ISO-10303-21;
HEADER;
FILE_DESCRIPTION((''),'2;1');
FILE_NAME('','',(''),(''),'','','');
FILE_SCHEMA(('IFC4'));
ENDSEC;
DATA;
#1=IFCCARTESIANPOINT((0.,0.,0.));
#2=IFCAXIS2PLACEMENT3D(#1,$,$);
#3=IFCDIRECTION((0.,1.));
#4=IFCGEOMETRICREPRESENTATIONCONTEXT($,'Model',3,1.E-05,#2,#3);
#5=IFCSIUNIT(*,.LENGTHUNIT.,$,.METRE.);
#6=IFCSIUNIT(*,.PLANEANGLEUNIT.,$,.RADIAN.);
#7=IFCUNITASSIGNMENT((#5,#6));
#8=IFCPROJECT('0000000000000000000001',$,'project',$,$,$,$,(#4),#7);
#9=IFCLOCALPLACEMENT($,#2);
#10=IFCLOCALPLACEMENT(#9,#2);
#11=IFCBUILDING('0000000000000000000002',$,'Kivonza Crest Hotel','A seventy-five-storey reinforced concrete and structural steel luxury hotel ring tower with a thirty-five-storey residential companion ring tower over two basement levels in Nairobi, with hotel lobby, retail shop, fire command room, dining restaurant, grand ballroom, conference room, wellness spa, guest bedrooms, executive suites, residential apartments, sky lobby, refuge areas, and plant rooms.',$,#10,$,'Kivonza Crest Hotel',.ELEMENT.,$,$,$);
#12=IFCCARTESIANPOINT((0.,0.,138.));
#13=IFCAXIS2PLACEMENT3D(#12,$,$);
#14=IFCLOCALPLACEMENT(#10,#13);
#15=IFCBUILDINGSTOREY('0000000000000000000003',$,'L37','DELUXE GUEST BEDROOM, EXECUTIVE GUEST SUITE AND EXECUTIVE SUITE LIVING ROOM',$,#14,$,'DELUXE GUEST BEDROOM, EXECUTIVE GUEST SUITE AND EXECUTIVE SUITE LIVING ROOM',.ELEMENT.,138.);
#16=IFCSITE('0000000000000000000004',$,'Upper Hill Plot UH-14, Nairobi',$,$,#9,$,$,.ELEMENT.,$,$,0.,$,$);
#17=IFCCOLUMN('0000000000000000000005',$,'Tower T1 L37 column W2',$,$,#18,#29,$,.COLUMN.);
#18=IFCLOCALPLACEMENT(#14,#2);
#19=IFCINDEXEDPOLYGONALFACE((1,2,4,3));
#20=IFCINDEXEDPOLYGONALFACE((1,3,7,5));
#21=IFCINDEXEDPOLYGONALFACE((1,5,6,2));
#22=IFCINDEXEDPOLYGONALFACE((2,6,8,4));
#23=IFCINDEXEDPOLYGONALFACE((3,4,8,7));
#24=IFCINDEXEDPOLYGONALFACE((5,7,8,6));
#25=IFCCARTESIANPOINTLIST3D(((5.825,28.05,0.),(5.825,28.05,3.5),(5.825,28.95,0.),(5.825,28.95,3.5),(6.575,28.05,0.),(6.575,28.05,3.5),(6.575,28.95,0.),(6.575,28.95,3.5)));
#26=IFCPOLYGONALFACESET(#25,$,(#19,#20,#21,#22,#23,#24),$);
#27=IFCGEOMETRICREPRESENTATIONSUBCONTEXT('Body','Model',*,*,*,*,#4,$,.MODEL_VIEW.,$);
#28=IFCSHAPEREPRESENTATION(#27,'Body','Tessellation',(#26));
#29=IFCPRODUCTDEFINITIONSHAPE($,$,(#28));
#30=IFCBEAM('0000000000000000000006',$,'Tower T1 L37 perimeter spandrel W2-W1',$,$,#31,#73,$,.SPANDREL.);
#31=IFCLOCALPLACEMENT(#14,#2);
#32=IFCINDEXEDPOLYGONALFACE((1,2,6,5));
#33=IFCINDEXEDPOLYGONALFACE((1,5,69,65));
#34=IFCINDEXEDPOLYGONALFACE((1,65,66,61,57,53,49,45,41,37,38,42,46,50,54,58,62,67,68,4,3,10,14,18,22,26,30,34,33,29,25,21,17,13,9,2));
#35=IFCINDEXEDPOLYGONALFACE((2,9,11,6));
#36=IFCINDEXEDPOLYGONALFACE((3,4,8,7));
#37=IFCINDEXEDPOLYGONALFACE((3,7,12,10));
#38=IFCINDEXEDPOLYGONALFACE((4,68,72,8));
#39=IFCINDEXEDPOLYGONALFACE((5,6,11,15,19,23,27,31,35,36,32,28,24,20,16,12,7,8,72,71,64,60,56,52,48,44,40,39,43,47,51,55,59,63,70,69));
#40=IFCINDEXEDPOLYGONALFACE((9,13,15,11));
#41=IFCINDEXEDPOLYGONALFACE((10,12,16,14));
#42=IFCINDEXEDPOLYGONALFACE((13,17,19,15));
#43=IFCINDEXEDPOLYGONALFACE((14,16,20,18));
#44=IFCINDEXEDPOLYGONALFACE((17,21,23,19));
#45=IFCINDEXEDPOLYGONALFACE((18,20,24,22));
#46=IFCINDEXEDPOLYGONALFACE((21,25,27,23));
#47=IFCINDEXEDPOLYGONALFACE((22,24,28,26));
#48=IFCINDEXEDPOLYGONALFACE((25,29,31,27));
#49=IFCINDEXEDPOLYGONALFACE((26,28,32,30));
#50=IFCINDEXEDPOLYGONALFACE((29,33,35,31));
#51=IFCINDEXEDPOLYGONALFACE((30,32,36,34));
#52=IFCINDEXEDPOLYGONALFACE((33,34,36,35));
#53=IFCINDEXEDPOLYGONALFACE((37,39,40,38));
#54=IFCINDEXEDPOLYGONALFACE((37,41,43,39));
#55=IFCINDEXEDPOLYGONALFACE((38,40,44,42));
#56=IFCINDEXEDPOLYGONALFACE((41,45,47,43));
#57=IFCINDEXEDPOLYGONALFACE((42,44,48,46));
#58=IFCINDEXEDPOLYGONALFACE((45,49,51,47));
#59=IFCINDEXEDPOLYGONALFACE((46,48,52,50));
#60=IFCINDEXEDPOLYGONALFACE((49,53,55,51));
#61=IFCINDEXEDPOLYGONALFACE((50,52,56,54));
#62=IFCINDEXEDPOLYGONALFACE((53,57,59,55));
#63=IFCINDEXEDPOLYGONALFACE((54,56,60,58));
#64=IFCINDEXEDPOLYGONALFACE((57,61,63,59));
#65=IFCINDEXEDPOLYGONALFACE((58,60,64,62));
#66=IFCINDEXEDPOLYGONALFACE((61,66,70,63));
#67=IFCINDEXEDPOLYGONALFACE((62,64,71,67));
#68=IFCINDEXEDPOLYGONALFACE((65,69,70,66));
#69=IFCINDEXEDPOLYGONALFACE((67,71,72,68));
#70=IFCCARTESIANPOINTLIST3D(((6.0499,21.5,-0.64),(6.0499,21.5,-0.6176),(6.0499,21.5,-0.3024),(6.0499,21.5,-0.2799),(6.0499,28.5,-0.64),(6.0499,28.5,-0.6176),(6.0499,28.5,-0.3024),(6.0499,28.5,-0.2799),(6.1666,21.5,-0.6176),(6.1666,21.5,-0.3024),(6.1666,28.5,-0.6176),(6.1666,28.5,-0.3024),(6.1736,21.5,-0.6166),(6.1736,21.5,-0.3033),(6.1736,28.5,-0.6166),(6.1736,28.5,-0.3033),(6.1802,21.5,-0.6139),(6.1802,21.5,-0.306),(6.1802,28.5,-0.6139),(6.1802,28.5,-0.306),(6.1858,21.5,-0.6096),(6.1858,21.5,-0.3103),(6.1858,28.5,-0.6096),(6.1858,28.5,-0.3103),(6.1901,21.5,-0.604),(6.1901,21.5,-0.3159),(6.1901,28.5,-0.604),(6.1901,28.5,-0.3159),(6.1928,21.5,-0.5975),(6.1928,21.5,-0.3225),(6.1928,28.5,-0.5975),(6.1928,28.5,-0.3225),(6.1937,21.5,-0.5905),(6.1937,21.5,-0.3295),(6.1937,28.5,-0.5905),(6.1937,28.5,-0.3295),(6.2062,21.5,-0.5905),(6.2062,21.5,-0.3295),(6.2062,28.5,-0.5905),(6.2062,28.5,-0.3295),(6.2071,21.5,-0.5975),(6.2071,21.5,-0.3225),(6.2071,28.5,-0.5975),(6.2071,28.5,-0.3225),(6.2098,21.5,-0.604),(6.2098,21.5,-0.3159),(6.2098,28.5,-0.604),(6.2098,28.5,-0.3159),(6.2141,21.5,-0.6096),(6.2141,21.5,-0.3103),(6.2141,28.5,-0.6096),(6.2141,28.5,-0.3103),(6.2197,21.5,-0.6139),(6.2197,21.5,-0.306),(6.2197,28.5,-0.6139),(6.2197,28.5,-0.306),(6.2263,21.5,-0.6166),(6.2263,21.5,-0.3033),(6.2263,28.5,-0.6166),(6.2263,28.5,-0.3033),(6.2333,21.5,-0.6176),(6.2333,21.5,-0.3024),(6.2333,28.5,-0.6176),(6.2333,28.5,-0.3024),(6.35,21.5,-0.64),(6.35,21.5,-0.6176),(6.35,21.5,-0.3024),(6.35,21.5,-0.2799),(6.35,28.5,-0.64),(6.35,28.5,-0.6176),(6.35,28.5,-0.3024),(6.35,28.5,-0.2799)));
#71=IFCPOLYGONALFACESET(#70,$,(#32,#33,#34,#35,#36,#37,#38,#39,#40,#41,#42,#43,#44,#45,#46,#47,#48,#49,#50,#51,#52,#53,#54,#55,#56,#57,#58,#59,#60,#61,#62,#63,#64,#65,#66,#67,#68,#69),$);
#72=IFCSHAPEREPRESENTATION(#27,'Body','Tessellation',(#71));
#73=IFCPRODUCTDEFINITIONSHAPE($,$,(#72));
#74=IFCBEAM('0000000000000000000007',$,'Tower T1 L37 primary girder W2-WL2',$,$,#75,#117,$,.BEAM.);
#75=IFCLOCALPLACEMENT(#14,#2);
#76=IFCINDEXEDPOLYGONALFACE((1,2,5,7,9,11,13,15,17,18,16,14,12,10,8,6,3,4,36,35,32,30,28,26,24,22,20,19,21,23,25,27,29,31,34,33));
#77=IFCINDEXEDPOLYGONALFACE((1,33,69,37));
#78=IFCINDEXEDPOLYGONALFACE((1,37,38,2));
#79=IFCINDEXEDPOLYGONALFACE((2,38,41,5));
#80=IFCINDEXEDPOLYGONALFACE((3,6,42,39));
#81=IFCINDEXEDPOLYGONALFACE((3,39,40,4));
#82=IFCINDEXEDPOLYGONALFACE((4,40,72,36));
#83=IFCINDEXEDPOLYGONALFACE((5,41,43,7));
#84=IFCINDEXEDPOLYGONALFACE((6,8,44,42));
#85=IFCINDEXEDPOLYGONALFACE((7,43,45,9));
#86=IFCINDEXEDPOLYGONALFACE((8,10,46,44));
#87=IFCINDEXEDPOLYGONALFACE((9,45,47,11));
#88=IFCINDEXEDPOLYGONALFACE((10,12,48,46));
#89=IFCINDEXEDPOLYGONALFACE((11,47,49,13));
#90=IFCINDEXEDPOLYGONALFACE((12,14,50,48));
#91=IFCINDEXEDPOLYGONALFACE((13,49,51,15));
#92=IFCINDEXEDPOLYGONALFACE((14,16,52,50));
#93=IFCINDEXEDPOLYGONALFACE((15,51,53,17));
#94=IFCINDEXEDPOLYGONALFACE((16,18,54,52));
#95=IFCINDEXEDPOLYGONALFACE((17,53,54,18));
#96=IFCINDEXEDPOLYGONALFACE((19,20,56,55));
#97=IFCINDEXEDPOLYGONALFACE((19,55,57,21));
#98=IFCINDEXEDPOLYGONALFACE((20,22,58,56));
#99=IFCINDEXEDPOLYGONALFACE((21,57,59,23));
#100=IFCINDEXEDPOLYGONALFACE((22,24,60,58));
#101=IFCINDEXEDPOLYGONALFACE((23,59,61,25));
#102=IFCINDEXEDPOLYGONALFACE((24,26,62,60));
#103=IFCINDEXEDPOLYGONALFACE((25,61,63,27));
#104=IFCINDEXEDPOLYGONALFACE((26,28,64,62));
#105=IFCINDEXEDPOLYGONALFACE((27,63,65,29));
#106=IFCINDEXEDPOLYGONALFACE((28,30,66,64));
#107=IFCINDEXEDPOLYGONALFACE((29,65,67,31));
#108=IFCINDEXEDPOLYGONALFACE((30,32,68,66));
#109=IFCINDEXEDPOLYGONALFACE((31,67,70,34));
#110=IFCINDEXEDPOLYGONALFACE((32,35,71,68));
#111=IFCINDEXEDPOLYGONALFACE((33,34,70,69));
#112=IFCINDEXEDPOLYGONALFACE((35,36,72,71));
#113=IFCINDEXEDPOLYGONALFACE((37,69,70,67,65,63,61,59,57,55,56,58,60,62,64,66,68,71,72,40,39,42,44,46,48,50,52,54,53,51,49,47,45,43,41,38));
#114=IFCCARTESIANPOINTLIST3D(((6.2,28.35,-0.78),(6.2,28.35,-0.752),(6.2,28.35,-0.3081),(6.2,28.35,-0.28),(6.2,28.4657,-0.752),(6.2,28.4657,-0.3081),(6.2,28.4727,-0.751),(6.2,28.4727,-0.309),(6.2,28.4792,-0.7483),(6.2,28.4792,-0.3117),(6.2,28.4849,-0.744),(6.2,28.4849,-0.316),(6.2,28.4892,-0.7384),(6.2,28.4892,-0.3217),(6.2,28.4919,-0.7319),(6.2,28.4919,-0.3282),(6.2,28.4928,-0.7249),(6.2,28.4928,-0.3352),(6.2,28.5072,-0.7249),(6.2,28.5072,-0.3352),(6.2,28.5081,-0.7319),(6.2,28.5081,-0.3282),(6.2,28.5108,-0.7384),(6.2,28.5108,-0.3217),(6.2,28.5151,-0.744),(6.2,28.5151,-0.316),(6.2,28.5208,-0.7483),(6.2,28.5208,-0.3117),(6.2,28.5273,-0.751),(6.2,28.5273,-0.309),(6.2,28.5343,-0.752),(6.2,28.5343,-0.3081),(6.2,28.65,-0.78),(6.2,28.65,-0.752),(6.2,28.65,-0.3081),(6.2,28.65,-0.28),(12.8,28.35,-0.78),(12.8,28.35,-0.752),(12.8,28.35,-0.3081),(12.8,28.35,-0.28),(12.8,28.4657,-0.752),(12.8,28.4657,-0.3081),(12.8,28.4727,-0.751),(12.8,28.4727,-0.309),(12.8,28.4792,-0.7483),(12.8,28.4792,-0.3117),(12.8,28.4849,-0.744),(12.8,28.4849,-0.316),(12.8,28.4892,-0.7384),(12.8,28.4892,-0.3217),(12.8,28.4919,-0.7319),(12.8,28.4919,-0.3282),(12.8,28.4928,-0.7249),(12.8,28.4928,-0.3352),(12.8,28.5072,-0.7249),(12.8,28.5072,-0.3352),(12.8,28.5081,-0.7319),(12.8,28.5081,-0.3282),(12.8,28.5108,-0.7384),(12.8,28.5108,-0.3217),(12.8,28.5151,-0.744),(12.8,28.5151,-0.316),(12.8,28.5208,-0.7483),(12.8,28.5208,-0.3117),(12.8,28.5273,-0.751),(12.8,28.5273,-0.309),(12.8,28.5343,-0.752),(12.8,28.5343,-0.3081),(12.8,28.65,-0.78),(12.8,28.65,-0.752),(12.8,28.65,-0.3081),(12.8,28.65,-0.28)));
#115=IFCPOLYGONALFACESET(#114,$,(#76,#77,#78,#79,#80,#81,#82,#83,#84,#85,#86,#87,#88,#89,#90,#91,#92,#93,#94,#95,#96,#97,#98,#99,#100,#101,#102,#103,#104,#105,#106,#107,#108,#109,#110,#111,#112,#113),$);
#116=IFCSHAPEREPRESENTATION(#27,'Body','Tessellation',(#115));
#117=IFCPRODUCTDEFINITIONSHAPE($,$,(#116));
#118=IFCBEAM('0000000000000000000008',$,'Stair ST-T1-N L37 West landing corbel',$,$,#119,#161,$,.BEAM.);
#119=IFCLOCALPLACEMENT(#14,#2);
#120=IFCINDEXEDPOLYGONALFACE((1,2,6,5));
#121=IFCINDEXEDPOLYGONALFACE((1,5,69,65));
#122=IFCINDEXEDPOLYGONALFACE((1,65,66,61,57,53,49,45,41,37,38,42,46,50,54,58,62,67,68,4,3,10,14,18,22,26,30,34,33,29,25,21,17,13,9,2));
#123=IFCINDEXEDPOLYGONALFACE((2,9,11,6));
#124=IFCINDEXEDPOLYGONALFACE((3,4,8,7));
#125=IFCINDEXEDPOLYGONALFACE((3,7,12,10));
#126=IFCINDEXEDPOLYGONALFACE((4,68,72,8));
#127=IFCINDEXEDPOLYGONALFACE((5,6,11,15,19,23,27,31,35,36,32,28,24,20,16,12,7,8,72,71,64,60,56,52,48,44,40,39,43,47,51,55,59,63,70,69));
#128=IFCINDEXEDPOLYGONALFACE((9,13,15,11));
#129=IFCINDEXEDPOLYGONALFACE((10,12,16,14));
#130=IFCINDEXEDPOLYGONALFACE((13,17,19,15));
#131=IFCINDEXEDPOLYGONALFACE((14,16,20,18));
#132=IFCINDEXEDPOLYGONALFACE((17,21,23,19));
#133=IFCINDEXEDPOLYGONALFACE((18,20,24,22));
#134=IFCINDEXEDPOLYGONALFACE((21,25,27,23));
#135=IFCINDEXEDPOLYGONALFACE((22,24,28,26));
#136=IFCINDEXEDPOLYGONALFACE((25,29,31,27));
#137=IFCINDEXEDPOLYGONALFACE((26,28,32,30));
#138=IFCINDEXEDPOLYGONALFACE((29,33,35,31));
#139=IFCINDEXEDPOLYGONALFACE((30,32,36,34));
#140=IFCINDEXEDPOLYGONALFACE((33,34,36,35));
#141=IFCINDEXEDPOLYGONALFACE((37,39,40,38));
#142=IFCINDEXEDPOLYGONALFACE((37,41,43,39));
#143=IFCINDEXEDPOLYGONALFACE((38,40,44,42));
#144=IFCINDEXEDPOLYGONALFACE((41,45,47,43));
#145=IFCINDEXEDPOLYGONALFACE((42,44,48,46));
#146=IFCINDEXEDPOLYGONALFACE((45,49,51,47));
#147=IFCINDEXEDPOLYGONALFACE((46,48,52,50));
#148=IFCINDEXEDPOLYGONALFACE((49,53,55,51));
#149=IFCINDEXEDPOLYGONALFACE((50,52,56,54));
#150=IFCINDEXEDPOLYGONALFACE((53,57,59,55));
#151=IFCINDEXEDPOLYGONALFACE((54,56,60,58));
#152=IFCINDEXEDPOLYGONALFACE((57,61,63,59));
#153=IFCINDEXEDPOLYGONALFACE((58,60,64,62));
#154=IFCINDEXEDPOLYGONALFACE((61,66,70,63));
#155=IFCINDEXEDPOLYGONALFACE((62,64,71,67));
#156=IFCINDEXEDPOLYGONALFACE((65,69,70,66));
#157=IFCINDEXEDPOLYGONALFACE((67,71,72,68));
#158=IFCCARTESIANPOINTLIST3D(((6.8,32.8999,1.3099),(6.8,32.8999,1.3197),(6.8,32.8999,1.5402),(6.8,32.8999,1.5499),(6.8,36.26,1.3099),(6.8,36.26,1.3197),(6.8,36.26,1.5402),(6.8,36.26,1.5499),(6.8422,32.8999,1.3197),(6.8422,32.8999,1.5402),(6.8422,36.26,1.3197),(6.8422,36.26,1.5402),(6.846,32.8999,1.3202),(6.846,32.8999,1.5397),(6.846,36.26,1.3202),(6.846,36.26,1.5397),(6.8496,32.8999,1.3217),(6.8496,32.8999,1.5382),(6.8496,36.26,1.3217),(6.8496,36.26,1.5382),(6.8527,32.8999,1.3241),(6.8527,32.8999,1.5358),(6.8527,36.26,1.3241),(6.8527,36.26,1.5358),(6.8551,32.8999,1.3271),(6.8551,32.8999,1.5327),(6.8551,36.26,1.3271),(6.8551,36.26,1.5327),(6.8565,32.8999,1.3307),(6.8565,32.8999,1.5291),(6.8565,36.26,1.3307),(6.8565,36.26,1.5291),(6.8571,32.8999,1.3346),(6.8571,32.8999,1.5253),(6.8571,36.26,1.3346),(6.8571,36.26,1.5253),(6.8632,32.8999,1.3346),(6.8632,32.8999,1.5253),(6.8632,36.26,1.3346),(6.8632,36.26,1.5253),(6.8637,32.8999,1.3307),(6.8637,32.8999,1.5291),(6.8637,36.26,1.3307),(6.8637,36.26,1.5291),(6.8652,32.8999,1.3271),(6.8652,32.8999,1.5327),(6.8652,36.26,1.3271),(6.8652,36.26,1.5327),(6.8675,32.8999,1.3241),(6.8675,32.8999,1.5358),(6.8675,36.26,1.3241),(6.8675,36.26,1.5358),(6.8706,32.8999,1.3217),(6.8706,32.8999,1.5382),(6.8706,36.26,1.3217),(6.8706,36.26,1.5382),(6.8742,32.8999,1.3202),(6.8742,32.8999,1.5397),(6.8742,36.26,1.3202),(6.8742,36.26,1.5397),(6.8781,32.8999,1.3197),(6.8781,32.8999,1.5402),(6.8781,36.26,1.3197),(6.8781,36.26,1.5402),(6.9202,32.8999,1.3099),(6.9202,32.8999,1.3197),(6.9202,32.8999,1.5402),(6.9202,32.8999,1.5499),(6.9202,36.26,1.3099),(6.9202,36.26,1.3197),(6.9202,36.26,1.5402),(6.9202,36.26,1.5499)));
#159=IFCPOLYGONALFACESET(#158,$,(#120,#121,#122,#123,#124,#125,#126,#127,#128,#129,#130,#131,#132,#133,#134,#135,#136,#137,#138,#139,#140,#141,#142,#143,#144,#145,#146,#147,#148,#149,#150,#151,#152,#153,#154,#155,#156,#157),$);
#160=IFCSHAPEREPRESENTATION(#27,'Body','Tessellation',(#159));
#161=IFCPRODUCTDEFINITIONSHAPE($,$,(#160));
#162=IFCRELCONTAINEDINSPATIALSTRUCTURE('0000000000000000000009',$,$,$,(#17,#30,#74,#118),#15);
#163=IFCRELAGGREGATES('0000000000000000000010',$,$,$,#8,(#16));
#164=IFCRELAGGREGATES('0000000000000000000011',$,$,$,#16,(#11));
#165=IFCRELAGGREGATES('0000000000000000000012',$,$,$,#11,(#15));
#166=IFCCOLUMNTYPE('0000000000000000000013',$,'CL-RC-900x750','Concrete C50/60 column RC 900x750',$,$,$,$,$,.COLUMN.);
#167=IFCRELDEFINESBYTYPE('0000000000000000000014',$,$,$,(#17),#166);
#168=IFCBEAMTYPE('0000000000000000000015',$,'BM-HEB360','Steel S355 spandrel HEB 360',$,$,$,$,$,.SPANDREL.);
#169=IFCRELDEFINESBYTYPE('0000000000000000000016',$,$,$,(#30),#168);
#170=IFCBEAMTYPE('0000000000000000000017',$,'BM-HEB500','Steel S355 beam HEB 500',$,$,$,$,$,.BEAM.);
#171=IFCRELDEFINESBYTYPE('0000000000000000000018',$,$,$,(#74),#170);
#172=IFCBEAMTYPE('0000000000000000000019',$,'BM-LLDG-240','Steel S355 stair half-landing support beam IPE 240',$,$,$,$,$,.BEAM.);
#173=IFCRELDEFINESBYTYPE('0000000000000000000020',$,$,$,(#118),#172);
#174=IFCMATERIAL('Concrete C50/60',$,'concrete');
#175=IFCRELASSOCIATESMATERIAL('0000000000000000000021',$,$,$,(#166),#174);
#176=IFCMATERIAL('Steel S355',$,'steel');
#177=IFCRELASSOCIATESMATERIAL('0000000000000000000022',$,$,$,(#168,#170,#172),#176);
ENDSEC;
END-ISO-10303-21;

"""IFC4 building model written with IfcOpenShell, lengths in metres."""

from ifc_helpers import new_model, si_unit, direction, frame, origin, origin_2d, place, context, subcontext, project, spatial, rectangle, i_section, extrude, material, material_profile, profile_set, type_object, element, save


model = new_model("IFC4")

# Units and contexts
model_context = context("Model", 3, precision=1e-05, world=origin(), true_north=direction((0.0, 1.0)))
body_context = subcontext(model_context, "Body", "Model", "MODEL_VIEW")
ifc_project = project(units=[si_unit("LENGTHUNIT", "METRE"), si_unit("PLANEANGLEUNIT", "RADIAN")], contexts=[model_context])

# Site, building, storey
site_placement = place(None, origin())
site = spatial("IfcSite", under=ifc_project, at=site_placement, Name="Upper Hill Plot UH-14, Nairobi", CompositionType="ELEMENT", RefElevation=0.0)
building_placement = place(site_placement, origin())
building = spatial("IfcBuilding", under=site, at=building_placement, Name="Kivonza Crest Hotel", Description="A seventy-five-storey reinforced concrete and structural steel luxury hotel ring tower with a thirty-five-storey residential companion ring tower over two basement levels in Nairobi, with hotel lobby, retail shop, fire command room, dining restaurant, grand ballroom, conference room, wellness spa, guest bedrooms, executive suites, residential apartments, sky lobby, refuge areas, and plant rooms.", LongName="Kivonza Crest Hotel", CompositionType="ELEMENT")
storey_placement = place(building_placement, frame((0.0, 0.0, 138.0)))
storey = spatial("IfcBuildingStorey", under=building, at=storey_placement, Name="L37", Description="DELUXE GUEST BEDROOM, EXECUTIVE GUEST SUITE AND EXECUTIVE SUITE LIVING ROOM", LongName="DELUXE GUEST BEDROOM, EXECUTIVE GUEST SUITE AND EXECUTIVE SUITE LIVING ROOM", CompositionType="ELEMENT", Elevation=138.0)

# Column
ifc_material_1 = material(Name="Concrete C50/60", Category="concrete")
ifc_material_profile_1 = material_profile(ifc_material_1, rectangle(XDim=0.75, YDim=0.8999, at=origin_2d()), Name="RC 900x750")
ifc_profile_set_1 = profile_set([ifc_material_profile_1], Name="Concrete C50/60")
column_type = type_object("IfcColumnType", Name="CL-RC-900x750", Description="Concrete C50/60 column RC 900x750", PredefinedType="COLUMN", material=ifc_profile_set_1)
column_placement = place(storey_placement, frame((6.2, 28.5, 0.0), z_axis=(0.0, 0.0, 1.0), x_axis=(1.0, 0.0, 0.0)))
element("IfcColumn", 1, at=column_placement, inside=storey, type_object=column_type, Name="Tower T1 L37 column W2", PredefinedType="COLUMN", context=body_context, shape_type="SweptSolid", body=[
    extrude(rectangle(XDim=0.75, YDim=0.8999, at=origin_2d()), origin(), (0.0, 0.0, 1.0), 3.5),
])

# Beams
ifc_material_2 = material(Name="Steel S355", Category="steel")
ifc_material_profile_2 = material_profile(ifc_material_2, i_section(OverallWidth=0.3, OverallDepth=0.3601, WebThickness=0.0125, FlangeThickness=0.0225, FilletRadius=0.0271, at=origin_2d()), Name="HEB 360")
ifc_profile_set_2 = profile_set([ifc_material_profile_2], Name="Steel S355")
beam_type_1 = type_object("IfcBeamType", Name="BM-HEB360", Description="Steel S355 spandrel HEB 360", PredefinedType="SPANDREL", material=ifc_profile_set_2)
beam_1_placement = place(storey_placement, frame((6.2, 28.5, -0.46), z_axis=(0.0, -1.0, 0.0), x_axis=(1.0, 0.0, 0.0)))
element("IfcBeam", 2, at=beam_1_placement, inside=storey, type_object=beam_type_1, Name="Tower T1 L37 perimeter spandrel W2-W1", PredefinedType="SPANDREL", context=body_context, shape_type="SweptSolid", body=[
    extrude(i_section(OverallWidth=0.3, OverallDepth=0.3601, WebThickness=0.0125, FlangeThickness=0.0225, FilletRadius=0.0271, at=origin_2d()), origin(), (0.0, 0.0, 1.0), 7.0),
])
ifc_material_profile_3 = material_profile(ifc_material_2, i_section(OverallWidth=0.3, OverallDepth=0.5, WebThickness=0.0144, FlangeThickness=0.0281, FilletRadius=0.0271, at=origin_2d()), Name="HEB 500")
ifc_profile_set_3 = profile_set([ifc_material_profile_3], Name="Steel S355")
beam_type_2 = type_object("IfcBeamType", Name="BM-HEB500", Description="Steel S355 beam HEB 500", PredefinedType="BEAM", material=ifc_profile_set_3)
beam_2_placement = place(storey_placement, frame((6.2, 28.5, -0.53), z_axis=(1.0, 0.0, 0.0), x_axis=(0.0, 1.0, 0.0)))
element("IfcBeam", 3, at=beam_2_placement, inside=storey, type_object=beam_type_2, Name="Tower T1 L37 primary girder W2-WL2", PredefinedType="BEAM", context=body_context, shape_type="SweptSolid", body=[
    extrude(i_section(OverallWidth=0.3, OverallDepth=0.5, WebThickness=0.0144, FlangeThickness=0.0281, FilletRadius=0.0271, at=origin_2d()), origin(), (0.0, 0.0, 1.0), 6.6001),
])
ifc_material_profile_4 = material_profile(ifc_material_2, i_section(OverallWidth=0.1201, OverallDepth=0.24, WebThickness=0.0061, FlangeThickness=0.0098, FilletRadius=0.0149, at=origin_2d()), Name="IPE 240")
ifc_profile_set_4 = profile_set([ifc_material_profile_4], Name="Steel S355")
beam_type_3 = type_object("IfcBeamType", Name="BM-LLDG-240", Description="Steel S355 stair half-landing support beam IPE 240", PredefinedType="BEAM", material=ifc_profile_set_4)
beam_3_placement = place(storey_placement, frame((6.8601, 32.8999, 1.4299), z_axis=(0.0, 1.0, 0.0), x_axis=(-1.0, 0.0, 0.0)))
element("IfcBeam", 4, at=beam_3_placement, inside=storey, type_object=beam_type_3, Name="Stair ST-T1-N L37 West landing corbel", PredefinedType="BEAM", context=body_context, shape_type="SweptSolid", body=[
    extrude(i_section(OverallWidth=0.1201, OverallDepth=0.24, WebThickness=0.0061, FlangeThickness=0.0098, FilletRadius=0.0149, at=origin_2d()), origin(), (0.0, 0.0, 1.0), 3.3601),
])

save(model, "model.ifc")
